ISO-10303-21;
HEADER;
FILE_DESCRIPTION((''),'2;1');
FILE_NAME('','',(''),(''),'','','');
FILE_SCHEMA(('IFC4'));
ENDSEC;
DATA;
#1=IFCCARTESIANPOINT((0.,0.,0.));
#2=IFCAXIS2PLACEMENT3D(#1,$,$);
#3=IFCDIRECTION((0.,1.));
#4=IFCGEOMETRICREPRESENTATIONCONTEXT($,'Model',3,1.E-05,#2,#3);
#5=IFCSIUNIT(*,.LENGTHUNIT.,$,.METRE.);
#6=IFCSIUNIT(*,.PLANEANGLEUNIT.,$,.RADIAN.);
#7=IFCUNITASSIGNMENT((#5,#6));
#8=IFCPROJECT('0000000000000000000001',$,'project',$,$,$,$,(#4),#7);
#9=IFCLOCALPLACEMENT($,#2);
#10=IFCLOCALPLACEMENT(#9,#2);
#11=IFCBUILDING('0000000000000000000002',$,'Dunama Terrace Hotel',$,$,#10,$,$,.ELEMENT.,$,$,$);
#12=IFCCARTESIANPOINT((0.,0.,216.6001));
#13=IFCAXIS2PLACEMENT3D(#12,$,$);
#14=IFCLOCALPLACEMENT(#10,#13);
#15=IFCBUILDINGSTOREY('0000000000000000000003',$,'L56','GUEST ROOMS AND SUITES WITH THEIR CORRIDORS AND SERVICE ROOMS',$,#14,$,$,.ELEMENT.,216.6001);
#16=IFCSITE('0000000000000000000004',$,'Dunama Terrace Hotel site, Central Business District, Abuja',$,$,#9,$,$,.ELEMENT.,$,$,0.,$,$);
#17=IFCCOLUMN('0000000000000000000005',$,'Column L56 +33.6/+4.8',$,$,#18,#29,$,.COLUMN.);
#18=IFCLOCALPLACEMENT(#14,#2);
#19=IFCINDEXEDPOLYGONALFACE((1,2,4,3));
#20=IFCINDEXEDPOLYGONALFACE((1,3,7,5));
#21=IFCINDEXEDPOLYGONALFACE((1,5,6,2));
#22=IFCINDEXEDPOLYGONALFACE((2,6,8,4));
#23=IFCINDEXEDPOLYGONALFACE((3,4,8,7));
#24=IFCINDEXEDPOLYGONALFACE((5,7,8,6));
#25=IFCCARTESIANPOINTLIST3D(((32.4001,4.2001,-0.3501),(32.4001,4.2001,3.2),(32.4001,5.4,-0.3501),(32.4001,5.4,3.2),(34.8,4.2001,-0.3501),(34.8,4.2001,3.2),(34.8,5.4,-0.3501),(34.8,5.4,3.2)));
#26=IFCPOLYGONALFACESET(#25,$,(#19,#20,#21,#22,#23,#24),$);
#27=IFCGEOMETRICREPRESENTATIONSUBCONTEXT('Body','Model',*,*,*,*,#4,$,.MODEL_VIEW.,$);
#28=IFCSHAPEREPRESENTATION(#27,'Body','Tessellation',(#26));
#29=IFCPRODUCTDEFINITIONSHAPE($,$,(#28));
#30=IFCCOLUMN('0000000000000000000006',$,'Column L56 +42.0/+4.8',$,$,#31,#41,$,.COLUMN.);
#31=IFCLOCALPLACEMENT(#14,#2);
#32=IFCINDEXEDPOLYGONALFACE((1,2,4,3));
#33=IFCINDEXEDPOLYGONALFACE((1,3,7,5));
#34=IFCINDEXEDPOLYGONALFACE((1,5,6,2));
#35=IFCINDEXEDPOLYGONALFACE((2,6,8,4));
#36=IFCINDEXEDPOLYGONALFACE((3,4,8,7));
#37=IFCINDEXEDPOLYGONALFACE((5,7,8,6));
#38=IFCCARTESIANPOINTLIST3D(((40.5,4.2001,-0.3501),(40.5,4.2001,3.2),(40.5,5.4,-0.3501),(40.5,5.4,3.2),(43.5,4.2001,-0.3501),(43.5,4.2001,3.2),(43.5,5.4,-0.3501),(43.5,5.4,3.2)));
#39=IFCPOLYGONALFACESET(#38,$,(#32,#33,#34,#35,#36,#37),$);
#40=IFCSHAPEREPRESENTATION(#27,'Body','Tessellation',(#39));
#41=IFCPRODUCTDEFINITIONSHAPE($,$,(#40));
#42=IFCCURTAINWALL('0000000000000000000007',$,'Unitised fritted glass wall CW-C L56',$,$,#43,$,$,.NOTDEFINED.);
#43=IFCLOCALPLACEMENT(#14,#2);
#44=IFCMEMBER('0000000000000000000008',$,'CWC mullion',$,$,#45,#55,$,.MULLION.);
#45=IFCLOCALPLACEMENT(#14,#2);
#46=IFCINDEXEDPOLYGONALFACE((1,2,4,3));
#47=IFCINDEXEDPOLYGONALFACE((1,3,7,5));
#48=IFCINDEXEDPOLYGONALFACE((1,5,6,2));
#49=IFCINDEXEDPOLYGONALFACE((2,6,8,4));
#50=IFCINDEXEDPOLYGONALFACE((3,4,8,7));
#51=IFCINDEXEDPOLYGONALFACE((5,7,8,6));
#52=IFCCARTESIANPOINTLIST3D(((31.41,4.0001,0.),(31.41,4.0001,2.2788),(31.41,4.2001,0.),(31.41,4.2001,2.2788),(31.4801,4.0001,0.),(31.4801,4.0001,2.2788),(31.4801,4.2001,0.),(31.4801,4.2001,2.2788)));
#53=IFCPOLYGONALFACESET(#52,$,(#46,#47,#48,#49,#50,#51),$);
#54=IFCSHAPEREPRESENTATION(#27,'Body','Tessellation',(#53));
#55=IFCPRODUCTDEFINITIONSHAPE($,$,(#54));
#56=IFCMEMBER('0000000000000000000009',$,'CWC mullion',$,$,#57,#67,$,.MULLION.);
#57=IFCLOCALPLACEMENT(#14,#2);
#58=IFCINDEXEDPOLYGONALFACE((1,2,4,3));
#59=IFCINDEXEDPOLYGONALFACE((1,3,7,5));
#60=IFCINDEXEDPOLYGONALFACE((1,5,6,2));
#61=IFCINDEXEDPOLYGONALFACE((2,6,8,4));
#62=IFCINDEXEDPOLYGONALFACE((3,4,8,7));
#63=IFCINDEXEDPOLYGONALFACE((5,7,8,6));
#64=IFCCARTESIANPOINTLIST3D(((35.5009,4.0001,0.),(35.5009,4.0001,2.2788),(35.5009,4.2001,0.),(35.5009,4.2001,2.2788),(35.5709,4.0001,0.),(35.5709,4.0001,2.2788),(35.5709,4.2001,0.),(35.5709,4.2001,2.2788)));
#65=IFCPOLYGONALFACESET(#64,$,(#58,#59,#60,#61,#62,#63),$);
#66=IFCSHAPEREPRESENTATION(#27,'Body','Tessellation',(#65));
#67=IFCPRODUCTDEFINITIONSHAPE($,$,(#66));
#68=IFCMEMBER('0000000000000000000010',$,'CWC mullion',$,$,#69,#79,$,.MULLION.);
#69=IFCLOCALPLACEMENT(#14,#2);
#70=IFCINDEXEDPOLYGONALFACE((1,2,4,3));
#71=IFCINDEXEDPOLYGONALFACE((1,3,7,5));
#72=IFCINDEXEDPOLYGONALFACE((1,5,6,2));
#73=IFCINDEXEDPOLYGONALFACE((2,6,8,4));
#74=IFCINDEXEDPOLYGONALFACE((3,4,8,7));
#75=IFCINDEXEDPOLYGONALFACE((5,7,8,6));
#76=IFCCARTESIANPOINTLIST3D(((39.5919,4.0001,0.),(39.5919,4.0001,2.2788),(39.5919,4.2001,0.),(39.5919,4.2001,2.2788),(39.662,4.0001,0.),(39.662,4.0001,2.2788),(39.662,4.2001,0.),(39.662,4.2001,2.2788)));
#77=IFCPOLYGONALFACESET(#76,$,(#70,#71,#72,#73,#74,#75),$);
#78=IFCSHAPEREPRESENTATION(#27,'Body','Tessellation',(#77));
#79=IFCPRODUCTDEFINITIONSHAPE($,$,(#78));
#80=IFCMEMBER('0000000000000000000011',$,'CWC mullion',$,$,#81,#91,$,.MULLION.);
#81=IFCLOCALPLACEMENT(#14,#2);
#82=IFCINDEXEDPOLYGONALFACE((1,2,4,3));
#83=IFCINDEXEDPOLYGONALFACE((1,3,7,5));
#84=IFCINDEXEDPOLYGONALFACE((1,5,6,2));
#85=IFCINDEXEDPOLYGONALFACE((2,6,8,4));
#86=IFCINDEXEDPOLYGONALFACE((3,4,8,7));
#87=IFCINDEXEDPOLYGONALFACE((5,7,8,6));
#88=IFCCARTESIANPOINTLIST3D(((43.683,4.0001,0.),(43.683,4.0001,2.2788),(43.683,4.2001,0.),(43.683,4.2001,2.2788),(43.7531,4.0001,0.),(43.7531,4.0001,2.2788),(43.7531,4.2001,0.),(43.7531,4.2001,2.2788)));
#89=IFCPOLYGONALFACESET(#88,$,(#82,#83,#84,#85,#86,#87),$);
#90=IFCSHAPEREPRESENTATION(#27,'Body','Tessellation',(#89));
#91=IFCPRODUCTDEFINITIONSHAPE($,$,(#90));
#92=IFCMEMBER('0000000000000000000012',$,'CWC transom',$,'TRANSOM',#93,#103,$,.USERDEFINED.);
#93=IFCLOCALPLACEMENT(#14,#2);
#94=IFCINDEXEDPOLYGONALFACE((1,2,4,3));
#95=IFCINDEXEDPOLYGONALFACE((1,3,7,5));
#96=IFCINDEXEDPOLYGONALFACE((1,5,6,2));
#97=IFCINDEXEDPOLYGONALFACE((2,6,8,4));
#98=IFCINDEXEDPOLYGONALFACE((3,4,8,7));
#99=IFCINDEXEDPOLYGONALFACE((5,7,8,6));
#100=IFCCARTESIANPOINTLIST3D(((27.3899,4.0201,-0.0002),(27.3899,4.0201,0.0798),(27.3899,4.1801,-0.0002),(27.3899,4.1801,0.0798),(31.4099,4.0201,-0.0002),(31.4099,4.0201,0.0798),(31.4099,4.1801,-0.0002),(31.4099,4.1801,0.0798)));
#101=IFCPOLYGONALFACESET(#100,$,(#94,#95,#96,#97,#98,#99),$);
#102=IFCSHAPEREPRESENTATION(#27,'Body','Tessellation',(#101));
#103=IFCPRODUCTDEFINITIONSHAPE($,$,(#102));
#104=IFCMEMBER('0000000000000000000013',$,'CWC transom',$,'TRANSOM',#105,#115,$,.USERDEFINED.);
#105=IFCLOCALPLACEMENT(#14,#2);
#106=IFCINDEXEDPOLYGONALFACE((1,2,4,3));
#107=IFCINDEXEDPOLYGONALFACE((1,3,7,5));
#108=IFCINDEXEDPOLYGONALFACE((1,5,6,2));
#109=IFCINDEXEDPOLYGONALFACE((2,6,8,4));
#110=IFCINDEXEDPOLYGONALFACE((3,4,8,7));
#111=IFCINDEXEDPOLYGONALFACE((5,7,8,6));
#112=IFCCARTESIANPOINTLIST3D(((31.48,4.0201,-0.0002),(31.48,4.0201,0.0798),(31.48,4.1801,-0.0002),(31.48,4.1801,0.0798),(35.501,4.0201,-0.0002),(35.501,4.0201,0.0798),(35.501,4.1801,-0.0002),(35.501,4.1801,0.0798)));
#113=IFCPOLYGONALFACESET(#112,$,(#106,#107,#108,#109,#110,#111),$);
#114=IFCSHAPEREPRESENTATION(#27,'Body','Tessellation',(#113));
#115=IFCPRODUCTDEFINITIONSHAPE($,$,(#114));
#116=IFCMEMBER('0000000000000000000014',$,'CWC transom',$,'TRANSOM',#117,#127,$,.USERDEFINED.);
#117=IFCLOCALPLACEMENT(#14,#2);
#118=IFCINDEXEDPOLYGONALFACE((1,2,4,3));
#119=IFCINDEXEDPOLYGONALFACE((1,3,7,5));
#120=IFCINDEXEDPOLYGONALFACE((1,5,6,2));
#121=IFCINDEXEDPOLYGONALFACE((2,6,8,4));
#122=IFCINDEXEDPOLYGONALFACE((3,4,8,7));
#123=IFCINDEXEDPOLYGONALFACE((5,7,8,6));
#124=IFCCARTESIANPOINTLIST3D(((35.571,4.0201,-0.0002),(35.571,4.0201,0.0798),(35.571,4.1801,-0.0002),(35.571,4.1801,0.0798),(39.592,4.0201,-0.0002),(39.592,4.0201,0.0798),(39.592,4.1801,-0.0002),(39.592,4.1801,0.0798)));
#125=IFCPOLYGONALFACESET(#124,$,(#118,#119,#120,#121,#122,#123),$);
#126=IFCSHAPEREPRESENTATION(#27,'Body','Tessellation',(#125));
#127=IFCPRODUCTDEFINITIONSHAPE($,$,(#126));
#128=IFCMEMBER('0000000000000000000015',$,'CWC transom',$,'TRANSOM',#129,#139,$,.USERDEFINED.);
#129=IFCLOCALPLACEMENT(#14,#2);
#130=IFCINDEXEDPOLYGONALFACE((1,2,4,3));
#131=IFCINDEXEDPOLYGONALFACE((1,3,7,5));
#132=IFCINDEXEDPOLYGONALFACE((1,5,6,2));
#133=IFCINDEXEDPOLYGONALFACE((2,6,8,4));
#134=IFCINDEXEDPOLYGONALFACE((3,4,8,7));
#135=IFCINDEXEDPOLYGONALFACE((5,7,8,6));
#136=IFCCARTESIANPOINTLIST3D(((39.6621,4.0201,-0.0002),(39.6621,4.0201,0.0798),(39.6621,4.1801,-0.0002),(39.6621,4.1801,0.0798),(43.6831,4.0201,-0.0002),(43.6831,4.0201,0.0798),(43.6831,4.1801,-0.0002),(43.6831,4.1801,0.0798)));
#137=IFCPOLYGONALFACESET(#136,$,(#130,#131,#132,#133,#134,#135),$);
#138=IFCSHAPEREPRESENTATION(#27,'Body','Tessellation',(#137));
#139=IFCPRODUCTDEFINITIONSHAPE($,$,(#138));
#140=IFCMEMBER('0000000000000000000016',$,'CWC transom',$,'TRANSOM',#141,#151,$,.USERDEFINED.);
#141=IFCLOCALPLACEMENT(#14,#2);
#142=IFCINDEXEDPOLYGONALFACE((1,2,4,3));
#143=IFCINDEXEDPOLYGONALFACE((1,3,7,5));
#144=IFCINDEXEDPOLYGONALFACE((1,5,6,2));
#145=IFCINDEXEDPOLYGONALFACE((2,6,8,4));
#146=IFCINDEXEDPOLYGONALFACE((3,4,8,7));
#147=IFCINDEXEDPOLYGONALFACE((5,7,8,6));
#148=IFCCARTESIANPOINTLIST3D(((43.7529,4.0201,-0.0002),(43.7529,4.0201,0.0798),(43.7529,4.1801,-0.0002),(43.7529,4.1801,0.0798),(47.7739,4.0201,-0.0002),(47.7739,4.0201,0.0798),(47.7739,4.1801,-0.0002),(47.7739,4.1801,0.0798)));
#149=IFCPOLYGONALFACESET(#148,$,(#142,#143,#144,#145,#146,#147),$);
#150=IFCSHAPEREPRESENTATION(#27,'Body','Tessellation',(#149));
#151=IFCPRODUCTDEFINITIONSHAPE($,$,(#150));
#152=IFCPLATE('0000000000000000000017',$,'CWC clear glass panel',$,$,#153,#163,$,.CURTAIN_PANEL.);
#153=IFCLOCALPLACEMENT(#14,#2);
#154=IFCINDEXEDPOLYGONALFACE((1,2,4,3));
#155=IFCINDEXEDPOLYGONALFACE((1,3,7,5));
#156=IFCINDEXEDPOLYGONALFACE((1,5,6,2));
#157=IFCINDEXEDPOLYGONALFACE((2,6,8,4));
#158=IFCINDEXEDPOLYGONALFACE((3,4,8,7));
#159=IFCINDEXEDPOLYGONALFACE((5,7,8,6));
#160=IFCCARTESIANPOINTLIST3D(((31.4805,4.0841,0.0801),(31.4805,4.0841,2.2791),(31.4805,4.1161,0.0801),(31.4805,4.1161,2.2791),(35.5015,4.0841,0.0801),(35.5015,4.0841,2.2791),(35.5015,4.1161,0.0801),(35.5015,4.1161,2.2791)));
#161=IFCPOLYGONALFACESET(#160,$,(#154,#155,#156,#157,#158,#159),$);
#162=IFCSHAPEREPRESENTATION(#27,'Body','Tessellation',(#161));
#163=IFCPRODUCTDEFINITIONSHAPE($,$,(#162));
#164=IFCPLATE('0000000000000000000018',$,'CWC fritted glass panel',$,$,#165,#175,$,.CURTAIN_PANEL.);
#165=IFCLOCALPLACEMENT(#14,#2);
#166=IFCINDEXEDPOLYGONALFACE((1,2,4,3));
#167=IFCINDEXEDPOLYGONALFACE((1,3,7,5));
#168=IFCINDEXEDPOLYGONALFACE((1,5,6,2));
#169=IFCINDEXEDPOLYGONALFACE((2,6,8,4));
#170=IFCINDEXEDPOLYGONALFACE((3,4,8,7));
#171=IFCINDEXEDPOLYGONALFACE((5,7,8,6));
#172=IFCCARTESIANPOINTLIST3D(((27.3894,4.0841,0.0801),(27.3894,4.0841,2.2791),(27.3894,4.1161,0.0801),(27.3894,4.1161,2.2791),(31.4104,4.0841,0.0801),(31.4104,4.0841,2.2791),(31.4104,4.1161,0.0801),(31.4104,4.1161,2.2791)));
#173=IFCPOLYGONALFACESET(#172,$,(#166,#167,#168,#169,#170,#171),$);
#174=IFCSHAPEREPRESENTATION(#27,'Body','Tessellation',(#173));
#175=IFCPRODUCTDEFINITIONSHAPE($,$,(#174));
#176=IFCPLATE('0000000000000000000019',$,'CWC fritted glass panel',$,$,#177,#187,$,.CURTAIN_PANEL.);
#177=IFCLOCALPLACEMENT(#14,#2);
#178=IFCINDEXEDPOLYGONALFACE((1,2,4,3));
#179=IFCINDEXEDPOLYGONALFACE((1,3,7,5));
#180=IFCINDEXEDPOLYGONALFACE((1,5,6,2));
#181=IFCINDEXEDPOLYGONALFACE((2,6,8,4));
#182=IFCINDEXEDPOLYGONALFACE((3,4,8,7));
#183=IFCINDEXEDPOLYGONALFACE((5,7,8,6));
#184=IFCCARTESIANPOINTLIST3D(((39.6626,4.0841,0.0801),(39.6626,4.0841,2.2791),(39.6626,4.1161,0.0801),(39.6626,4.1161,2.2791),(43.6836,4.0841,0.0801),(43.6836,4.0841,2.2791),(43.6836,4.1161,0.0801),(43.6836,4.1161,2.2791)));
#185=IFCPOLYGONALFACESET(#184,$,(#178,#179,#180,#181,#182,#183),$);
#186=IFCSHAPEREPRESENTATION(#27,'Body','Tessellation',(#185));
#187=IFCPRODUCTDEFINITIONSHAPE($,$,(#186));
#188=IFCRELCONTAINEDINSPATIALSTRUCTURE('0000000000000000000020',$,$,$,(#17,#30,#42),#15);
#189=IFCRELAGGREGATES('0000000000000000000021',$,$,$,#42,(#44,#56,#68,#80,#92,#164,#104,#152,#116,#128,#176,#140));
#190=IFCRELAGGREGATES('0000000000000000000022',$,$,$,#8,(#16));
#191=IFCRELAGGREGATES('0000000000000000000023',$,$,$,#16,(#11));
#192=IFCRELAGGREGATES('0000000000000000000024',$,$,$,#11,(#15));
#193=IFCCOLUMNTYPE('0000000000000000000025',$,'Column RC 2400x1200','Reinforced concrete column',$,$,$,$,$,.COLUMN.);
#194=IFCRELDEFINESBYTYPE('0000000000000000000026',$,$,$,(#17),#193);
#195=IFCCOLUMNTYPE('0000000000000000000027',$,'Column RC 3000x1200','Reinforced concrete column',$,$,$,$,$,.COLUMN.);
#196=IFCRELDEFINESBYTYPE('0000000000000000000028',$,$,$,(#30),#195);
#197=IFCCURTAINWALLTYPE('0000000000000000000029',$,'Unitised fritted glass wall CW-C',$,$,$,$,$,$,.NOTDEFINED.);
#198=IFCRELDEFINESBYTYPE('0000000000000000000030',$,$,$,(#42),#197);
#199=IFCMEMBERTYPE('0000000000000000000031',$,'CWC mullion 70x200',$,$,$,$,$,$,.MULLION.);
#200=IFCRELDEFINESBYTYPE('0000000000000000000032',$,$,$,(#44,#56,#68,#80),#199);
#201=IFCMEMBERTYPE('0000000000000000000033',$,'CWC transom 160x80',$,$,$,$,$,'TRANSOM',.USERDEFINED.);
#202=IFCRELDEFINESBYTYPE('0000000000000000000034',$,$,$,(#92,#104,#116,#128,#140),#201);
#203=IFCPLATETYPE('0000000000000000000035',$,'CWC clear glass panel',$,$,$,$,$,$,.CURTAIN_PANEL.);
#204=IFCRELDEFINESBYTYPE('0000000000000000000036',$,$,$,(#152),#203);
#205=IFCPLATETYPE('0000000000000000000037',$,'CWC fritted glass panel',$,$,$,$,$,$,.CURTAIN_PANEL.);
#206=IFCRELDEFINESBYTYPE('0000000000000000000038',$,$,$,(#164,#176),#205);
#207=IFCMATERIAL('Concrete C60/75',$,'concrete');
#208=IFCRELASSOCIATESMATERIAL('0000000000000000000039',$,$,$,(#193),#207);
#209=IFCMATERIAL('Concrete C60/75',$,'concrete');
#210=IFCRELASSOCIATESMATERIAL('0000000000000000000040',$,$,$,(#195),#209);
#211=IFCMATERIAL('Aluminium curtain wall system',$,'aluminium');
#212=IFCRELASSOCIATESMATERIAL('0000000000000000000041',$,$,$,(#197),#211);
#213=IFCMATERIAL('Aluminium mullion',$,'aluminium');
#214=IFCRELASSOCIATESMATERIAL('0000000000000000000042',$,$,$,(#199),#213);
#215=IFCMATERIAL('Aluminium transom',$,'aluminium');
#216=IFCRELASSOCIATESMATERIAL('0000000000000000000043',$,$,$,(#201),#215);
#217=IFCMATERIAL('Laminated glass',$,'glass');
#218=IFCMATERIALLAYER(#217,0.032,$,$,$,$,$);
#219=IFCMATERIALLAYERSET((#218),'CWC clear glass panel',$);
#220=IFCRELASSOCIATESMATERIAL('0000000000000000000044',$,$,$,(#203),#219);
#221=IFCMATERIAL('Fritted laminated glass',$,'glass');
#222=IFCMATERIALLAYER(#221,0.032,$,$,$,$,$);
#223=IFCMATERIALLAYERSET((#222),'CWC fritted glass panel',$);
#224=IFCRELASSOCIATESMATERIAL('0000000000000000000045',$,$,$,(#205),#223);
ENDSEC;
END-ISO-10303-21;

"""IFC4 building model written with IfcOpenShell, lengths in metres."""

from ifc_helpers import new_model, si_unit, direction, frame, origin, origin_2d, place, context, subcontext, project, spatial, rectangle, extrude, material, layer, layer_set, material_profile, profile_set, type_object, element, aggregate, save


model = new_model("IFC4")

# Units and contexts
model_context = context("Model", 3, precision=1e-05, world=origin(), true_north=direction((0.0, 1.0)))
body_context = subcontext(model_context, "Body", "Model", "MODEL_VIEW")
ifc_project = project(units=[si_unit("LENGTHUNIT", "METRE"), si_unit("PLANEANGLEUNIT", "RADIAN")], contexts=[model_context])

# Site, building, storey
site_placement = place(None, origin())
site = spatial("IfcSite", under=ifc_project, at=site_placement, Name="Dunama Terrace Hotel site, Central Business District, Abuja", CompositionType="ELEMENT", RefElevation=0.0)
building_placement = place(site_placement, origin())
building = spatial("IfcBuilding", under=site, at=building_placement, Name="Dunama Terrace Hotel", CompositionType="ELEMENT")
storey_placement = place(building_placement, frame((0.0, 0.0, 216.6001)))
storey = spatial("IfcBuildingStorey", under=building, at=storey_placement, Name="L56", Description="GUEST ROOMS AND SUITES WITH THEIR CORRIDORS AND SERVICE ROOMS", CompositionType="ELEMENT", Elevation=216.6001)

# Columns
ifc_material_1 = material(Name="Concrete C60/75", Category="concrete")
ifc_material_profile_1 = material_profile(ifc_material_1, rectangle(XDim=2.3999, YDim=1.2, at=origin_2d()), Name="RC 2400x1200")
ifc_profile_set_1 = profile_set([ifc_material_profile_1], Name="Concrete C60/75")
column_type_1 = type_object("IfcColumnType", Name="Column RC 2400x1200", Description="Reinforced concrete column", PredefinedType="COLUMN", material=ifc_profile_set_1)
column_1_placement = place(storey_placement, frame((33.6001, 4.8, -0.3501), z_axis=(0.0, 0.0, 1.0), x_axis=(1.0, 0.0, 0.0)))
element("IfcColumn", 1, at=column_1_placement, inside=storey, type_object=column_type_1, Name="Column L56 +33.6/+4.8", PredefinedType="COLUMN", context=body_context, shape_type="SweptSolid", body=[
    extrude(rectangle(XDim=2.3999, YDim=1.2, at=origin_2d()), origin(), (0.0, 0.0, 1.0), 3.55),
])
ifc_material_2 = material(Name="Concrete C60/75", Category="concrete")
ifc_material_profile_2 = material_profile(ifc_material_2, rectangle(XDim=3.0, YDim=1.2, at=origin_2d()), Name="RC 3000x1200")
ifc_profile_set_2 = profile_set([ifc_material_profile_2], Name="Concrete C60/75")
column_type_2 = type_object("IfcColumnType", Name="Column RC 3000x1200", Description="Reinforced concrete column", PredefinedType="COLUMN", material=ifc_profile_set_2)
column_2_placement = place(storey_placement, frame((42.0, 4.8, -0.3501), z_axis=(0.0, 0.0, 1.0), x_axis=(1.0, 0.0, 0.0)))
element("IfcColumn", 2, at=column_2_placement, inside=storey, type_object=column_type_2, Name="Column L56 +42.0/+4.8", PredefinedType="COLUMN", context=body_context, shape_type="SweptSolid", body=[
    extrude(rectangle(XDim=3.0, YDim=1.2, at=origin_2d()), origin(), (0.0, 0.0, 1.0), 3.55),
])

# Curtain wall, members, plates
ifc_material_3 = material(Name="Aluminium curtain wall system", Category="aluminium")
curtain_wall_type = type_object("IfcCurtainWallType", Name="Unitised fritted glass wall CW-C", PredefinedType="NOTDEFINED", material=ifc_material_3)
curtain_wall_placement = place(storey_placement, origin())
curtain_wall = element("IfcCurtainWall", 3, at=curtain_wall_placement, inside=storey, type_object=curtain_wall_type, Name="Unitised fritted glass wall CW-C L56", PredefinedType="NOTDEFINED")
ifc_material_4 = material(Name="Aluminium mullion", Category="aluminium")
ifc_material_profile_3 = material_profile(ifc_material_4, rectangle(XDim=0.0701, YDim=0.2, at=origin_2d()), Name="CWC MULLION 70X200")
ifc_profile_set_3 = profile_set([ifc_material_profile_3], Name="Aluminium mullion")
member_type_1 = type_object("IfcMemberType", Name="CWC mullion 70x200", PredefinedType="MULLION", material=ifc_profile_set_3)
member_1_placement = place(storey_placement, frame((31.4451, 4.1001, 0.0), z_axis=(0.0, 0.0, 1.0), x_axis=(1.0, 0.0, 0.0)))
member_1 = element("IfcMember", 4, at=member_1_placement, type_object=member_type_1, Name="CWC mullion", PredefinedType="MULLION", context=body_context, shape_type="SweptSolid", body=[
    extrude(rectangle(XDim=0.0701, YDim=0.2, at=origin_2d()), origin(), (0.0, 0.0, 1.0), 2.2788),
])
member_2_placement = place(storey_placement, frame((35.5359, 4.1001, 0.0), z_axis=(0.0, 0.0, 1.0), x_axis=(1.0, 0.0, 0.0)))
member_2 = element("IfcMember", 5, at=member_2_placement, type_object=member_type_1, Name="CWC mullion", PredefinedType="MULLION", context=body_context, shape_type="SweptSolid", body=[
    extrude(rectangle(XDim=0.0701, YDim=0.2, at=origin_2d()), origin(), (0.0, 0.0, 1.0), 2.2788),
])
member_3_placement = place(storey_placement, frame((39.627, 4.1001, 0.0), z_axis=(0.0, 0.0, 1.0), x_axis=(1.0, 0.0, 0.0)))
member_3 = element("IfcMember", 6, at=member_3_placement, type_object=member_type_1, Name="CWC mullion", PredefinedType="MULLION", context=body_context, shape_type="SweptSolid", body=[
    extrude(rectangle(XDim=0.0701, YDim=0.2, at=origin_2d()), origin(), (0.0, 0.0, 1.0), 2.2788),
])
member_4_placement = place(storey_placement, frame((43.718, 4.1001, 0.0), z_axis=(0.0, 0.0, 1.0), x_axis=(1.0, 0.0, 0.0)))
member_4 = element("IfcMember", 7, at=member_4_placement, type_object=member_type_1, Name="CWC mullion", PredefinedType="MULLION", context=body_context, shape_type="SweptSolid", body=[
    extrude(rectangle(XDim=0.0701, YDim=0.2, at=origin_2d()), origin(), (0.0, 0.0, 1.0), 2.2788),
])
ifc_material_5 = material(Name="Aluminium transom", Category="aluminium")
ifc_material_profile_4 = material_profile(ifc_material_5, rectangle(XDim=0.1599, YDim=0.0801, at=origin_2d()), Name="CWC TRANSOM 160X80")
ifc_profile_set_4 = profile_set([ifc_material_profile_4], Name="Aluminium transom")
member_type_2 = type_object("IfcMemberType", Name="CWC transom 160x80", ElementType="TRANSOM", PredefinedType="USERDEFINED", material=ifc_profile_set_4)
member_5_placement = place(storey_placement, frame((27.3899, 4.1001, 0.0398), z_axis=(1.0, 0.0, 0.0), x_axis=(0.0, 1.0, 0.0)))
member_5 = element("IfcMember", 8, at=member_5_placement, type_object=member_type_2, Name="CWC transom", ObjectType="TRANSOM", PredefinedType="USERDEFINED", context=body_context, shape_type="SweptSolid", body=[
    extrude(rectangle(XDim=0.1599, YDim=0.0801, at=origin_2d()), origin(), (0.0, 0.0, 1.0), 4.02),
])
member_6_placement = place(storey_placement, frame((31.48, 4.1001, 0.0398), z_axis=(1.0, 0.0, 0.0), x_axis=(0.0, 1.0, 0.0)))
member_6 = element("IfcMember", 9, at=member_6_placement, type_object=member_type_2, Name="CWC transom", ObjectType="TRANSOM", PredefinedType="USERDEFINED", context=body_context, shape_type="SweptSolid", body=[
    extrude(rectangle(XDim=0.1599, YDim=0.0801, at=origin_2d()), origin(), (0.0, 0.0, 1.0), 4.021),
])
member_7_placement = place(storey_placement, frame((35.571, 4.1001, 0.0398), z_axis=(1.0, 0.0, 0.0), x_axis=(0.0, 1.0, 0.0)))
member_7 = element("IfcMember", 10, at=member_7_placement, type_object=member_type_2, Name="CWC transom", ObjectType="TRANSOM", PredefinedType="USERDEFINED", context=body_context, shape_type="SweptSolid", body=[
    extrude(rectangle(XDim=0.1599, YDim=0.0801, at=origin_2d()), origin(), (0.0, 0.0, 1.0), 4.021),
])
member_8_placement = place(storey_placement, frame((39.6621, 4.1001, 0.0398), z_axis=(1.0, 0.0, 0.0), x_axis=(0.0, 1.0, 0.0)))
member_8 = element("IfcMember", 11, at=member_8_placement, type_object=member_type_2, Name="CWC transom", ObjectType="TRANSOM", PredefinedType="USERDEFINED", context=body_context, shape_type="SweptSolid", body=[
    extrude(rectangle(XDim=0.1599, YDim=0.0801, at=origin_2d()), origin(), (0.0, 0.0, 1.0), 4.021),
])
member_9_placement = place(storey_placement, frame((43.7529, 4.1001, 0.0398), z_axis=(1.0, 0.0, 0.0), x_axis=(0.0, 1.0, 0.0)))
member_9 = element("IfcMember", 12, at=member_9_placement, type_object=member_type_2, Name="CWC transom", ObjectType="TRANSOM", PredefinedType="USERDEFINED", context=body_context, shape_type="SweptSolid", body=[
    extrude(rectangle(XDim=0.1599, YDim=0.0801, at=origin_2d()), origin(), (0.0, 0.0, 1.0), 4.021),
])
ifc_material_6 = material(Name="Laminated glass", Category="glass")
ifc_layer_1 = layer(ifc_material_6, 0.032)
ifc_layer_set_1 = layer_set([ifc_layer_1], Name="CWC clear glass panel")
plate_type_1 = type_object("IfcPlateType", Name="CWC clear glass panel", PredefinedType="CURTAIN_PANEL", material=ifc_layer_set_1)
plate_1_placement = place(storey_placement, frame((33.491, 4.1001, 0.0801), z_axis=(0.0, 0.0, 1.0), x_axis=(1.0, 0.0, 0.0)))
plate_1 = element("IfcPlate", 13, at=plate_1_placement, type_object=plate_type_1, Name="CWC clear glass panel", PredefinedType="CURTAIN_PANEL", context=body_context, shape_type="SweptSolid", body=[
    extrude(rectangle(XDim=4.021, YDim=0.032, at=origin_2d()), origin(), (0.0, 0.0, 1.0), 2.199),
])
ifc_material_7 = material(Name="Fritted laminated glass", Category="glass")
ifc_layer_2 = layer(ifc_material_7, 0.032)
ifc_layer_set_2 = layer_set([ifc_layer_2], Name="CWC fritted glass panel")
plate_type_2 = type_object("IfcPlateType", Name="CWC fritted glass panel", PredefinedType="CURTAIN_PANEL", material=ifc_layer_set_2)
plate_2_placement = place(storey_placement, frame((29.3999, 4.1001, 0.0801), z_axis=(0.0, 0.0, 1.0), x_axis=(1.0, 0.0, 0.0)))
plate_2 = element("IfcPlate", 14, at=plate_2_placement, type_object=plate_type_2, Name="CWC fritted glass panel", PredefinedType="CURTAIN_PANEL", context=body_context, shape_type="SweptSolid", body=[
    extrude(rectangle(XDim=4.021, YDim=0.032, at=origin_2d()), origin(), (0.0, 0.0, 1.0), 2.199),
])
plate_3_placement = place(storey_placement, frame((41.6731, 4.1001, 0.0801), z_axis=(0.0, 0.0, 1.0), x_axis=(1.0, 0.0, 0.0)))
plate_3 = element("IfcPlate", 15, at=plate_3_placement, type_object=plate_type_2, Name="CWC fritted glass panel", PredefinedType="CURTAIN_PANEL", context=body_context, shape_type="SweptSolid", body=[
    extrude(rectangle(XDim=4.021, YDim=0.032, at=origin_2d()), origin(), (0.0, 0.0, 1.0), 2.199),
])
aggregate(curtain_wall, [member_1, member_2, member_3, member_4, member_5, plate_2, member_6, plate_1, member_7, member_8, plate_3, member_9])

save(model, "model.ifc")
